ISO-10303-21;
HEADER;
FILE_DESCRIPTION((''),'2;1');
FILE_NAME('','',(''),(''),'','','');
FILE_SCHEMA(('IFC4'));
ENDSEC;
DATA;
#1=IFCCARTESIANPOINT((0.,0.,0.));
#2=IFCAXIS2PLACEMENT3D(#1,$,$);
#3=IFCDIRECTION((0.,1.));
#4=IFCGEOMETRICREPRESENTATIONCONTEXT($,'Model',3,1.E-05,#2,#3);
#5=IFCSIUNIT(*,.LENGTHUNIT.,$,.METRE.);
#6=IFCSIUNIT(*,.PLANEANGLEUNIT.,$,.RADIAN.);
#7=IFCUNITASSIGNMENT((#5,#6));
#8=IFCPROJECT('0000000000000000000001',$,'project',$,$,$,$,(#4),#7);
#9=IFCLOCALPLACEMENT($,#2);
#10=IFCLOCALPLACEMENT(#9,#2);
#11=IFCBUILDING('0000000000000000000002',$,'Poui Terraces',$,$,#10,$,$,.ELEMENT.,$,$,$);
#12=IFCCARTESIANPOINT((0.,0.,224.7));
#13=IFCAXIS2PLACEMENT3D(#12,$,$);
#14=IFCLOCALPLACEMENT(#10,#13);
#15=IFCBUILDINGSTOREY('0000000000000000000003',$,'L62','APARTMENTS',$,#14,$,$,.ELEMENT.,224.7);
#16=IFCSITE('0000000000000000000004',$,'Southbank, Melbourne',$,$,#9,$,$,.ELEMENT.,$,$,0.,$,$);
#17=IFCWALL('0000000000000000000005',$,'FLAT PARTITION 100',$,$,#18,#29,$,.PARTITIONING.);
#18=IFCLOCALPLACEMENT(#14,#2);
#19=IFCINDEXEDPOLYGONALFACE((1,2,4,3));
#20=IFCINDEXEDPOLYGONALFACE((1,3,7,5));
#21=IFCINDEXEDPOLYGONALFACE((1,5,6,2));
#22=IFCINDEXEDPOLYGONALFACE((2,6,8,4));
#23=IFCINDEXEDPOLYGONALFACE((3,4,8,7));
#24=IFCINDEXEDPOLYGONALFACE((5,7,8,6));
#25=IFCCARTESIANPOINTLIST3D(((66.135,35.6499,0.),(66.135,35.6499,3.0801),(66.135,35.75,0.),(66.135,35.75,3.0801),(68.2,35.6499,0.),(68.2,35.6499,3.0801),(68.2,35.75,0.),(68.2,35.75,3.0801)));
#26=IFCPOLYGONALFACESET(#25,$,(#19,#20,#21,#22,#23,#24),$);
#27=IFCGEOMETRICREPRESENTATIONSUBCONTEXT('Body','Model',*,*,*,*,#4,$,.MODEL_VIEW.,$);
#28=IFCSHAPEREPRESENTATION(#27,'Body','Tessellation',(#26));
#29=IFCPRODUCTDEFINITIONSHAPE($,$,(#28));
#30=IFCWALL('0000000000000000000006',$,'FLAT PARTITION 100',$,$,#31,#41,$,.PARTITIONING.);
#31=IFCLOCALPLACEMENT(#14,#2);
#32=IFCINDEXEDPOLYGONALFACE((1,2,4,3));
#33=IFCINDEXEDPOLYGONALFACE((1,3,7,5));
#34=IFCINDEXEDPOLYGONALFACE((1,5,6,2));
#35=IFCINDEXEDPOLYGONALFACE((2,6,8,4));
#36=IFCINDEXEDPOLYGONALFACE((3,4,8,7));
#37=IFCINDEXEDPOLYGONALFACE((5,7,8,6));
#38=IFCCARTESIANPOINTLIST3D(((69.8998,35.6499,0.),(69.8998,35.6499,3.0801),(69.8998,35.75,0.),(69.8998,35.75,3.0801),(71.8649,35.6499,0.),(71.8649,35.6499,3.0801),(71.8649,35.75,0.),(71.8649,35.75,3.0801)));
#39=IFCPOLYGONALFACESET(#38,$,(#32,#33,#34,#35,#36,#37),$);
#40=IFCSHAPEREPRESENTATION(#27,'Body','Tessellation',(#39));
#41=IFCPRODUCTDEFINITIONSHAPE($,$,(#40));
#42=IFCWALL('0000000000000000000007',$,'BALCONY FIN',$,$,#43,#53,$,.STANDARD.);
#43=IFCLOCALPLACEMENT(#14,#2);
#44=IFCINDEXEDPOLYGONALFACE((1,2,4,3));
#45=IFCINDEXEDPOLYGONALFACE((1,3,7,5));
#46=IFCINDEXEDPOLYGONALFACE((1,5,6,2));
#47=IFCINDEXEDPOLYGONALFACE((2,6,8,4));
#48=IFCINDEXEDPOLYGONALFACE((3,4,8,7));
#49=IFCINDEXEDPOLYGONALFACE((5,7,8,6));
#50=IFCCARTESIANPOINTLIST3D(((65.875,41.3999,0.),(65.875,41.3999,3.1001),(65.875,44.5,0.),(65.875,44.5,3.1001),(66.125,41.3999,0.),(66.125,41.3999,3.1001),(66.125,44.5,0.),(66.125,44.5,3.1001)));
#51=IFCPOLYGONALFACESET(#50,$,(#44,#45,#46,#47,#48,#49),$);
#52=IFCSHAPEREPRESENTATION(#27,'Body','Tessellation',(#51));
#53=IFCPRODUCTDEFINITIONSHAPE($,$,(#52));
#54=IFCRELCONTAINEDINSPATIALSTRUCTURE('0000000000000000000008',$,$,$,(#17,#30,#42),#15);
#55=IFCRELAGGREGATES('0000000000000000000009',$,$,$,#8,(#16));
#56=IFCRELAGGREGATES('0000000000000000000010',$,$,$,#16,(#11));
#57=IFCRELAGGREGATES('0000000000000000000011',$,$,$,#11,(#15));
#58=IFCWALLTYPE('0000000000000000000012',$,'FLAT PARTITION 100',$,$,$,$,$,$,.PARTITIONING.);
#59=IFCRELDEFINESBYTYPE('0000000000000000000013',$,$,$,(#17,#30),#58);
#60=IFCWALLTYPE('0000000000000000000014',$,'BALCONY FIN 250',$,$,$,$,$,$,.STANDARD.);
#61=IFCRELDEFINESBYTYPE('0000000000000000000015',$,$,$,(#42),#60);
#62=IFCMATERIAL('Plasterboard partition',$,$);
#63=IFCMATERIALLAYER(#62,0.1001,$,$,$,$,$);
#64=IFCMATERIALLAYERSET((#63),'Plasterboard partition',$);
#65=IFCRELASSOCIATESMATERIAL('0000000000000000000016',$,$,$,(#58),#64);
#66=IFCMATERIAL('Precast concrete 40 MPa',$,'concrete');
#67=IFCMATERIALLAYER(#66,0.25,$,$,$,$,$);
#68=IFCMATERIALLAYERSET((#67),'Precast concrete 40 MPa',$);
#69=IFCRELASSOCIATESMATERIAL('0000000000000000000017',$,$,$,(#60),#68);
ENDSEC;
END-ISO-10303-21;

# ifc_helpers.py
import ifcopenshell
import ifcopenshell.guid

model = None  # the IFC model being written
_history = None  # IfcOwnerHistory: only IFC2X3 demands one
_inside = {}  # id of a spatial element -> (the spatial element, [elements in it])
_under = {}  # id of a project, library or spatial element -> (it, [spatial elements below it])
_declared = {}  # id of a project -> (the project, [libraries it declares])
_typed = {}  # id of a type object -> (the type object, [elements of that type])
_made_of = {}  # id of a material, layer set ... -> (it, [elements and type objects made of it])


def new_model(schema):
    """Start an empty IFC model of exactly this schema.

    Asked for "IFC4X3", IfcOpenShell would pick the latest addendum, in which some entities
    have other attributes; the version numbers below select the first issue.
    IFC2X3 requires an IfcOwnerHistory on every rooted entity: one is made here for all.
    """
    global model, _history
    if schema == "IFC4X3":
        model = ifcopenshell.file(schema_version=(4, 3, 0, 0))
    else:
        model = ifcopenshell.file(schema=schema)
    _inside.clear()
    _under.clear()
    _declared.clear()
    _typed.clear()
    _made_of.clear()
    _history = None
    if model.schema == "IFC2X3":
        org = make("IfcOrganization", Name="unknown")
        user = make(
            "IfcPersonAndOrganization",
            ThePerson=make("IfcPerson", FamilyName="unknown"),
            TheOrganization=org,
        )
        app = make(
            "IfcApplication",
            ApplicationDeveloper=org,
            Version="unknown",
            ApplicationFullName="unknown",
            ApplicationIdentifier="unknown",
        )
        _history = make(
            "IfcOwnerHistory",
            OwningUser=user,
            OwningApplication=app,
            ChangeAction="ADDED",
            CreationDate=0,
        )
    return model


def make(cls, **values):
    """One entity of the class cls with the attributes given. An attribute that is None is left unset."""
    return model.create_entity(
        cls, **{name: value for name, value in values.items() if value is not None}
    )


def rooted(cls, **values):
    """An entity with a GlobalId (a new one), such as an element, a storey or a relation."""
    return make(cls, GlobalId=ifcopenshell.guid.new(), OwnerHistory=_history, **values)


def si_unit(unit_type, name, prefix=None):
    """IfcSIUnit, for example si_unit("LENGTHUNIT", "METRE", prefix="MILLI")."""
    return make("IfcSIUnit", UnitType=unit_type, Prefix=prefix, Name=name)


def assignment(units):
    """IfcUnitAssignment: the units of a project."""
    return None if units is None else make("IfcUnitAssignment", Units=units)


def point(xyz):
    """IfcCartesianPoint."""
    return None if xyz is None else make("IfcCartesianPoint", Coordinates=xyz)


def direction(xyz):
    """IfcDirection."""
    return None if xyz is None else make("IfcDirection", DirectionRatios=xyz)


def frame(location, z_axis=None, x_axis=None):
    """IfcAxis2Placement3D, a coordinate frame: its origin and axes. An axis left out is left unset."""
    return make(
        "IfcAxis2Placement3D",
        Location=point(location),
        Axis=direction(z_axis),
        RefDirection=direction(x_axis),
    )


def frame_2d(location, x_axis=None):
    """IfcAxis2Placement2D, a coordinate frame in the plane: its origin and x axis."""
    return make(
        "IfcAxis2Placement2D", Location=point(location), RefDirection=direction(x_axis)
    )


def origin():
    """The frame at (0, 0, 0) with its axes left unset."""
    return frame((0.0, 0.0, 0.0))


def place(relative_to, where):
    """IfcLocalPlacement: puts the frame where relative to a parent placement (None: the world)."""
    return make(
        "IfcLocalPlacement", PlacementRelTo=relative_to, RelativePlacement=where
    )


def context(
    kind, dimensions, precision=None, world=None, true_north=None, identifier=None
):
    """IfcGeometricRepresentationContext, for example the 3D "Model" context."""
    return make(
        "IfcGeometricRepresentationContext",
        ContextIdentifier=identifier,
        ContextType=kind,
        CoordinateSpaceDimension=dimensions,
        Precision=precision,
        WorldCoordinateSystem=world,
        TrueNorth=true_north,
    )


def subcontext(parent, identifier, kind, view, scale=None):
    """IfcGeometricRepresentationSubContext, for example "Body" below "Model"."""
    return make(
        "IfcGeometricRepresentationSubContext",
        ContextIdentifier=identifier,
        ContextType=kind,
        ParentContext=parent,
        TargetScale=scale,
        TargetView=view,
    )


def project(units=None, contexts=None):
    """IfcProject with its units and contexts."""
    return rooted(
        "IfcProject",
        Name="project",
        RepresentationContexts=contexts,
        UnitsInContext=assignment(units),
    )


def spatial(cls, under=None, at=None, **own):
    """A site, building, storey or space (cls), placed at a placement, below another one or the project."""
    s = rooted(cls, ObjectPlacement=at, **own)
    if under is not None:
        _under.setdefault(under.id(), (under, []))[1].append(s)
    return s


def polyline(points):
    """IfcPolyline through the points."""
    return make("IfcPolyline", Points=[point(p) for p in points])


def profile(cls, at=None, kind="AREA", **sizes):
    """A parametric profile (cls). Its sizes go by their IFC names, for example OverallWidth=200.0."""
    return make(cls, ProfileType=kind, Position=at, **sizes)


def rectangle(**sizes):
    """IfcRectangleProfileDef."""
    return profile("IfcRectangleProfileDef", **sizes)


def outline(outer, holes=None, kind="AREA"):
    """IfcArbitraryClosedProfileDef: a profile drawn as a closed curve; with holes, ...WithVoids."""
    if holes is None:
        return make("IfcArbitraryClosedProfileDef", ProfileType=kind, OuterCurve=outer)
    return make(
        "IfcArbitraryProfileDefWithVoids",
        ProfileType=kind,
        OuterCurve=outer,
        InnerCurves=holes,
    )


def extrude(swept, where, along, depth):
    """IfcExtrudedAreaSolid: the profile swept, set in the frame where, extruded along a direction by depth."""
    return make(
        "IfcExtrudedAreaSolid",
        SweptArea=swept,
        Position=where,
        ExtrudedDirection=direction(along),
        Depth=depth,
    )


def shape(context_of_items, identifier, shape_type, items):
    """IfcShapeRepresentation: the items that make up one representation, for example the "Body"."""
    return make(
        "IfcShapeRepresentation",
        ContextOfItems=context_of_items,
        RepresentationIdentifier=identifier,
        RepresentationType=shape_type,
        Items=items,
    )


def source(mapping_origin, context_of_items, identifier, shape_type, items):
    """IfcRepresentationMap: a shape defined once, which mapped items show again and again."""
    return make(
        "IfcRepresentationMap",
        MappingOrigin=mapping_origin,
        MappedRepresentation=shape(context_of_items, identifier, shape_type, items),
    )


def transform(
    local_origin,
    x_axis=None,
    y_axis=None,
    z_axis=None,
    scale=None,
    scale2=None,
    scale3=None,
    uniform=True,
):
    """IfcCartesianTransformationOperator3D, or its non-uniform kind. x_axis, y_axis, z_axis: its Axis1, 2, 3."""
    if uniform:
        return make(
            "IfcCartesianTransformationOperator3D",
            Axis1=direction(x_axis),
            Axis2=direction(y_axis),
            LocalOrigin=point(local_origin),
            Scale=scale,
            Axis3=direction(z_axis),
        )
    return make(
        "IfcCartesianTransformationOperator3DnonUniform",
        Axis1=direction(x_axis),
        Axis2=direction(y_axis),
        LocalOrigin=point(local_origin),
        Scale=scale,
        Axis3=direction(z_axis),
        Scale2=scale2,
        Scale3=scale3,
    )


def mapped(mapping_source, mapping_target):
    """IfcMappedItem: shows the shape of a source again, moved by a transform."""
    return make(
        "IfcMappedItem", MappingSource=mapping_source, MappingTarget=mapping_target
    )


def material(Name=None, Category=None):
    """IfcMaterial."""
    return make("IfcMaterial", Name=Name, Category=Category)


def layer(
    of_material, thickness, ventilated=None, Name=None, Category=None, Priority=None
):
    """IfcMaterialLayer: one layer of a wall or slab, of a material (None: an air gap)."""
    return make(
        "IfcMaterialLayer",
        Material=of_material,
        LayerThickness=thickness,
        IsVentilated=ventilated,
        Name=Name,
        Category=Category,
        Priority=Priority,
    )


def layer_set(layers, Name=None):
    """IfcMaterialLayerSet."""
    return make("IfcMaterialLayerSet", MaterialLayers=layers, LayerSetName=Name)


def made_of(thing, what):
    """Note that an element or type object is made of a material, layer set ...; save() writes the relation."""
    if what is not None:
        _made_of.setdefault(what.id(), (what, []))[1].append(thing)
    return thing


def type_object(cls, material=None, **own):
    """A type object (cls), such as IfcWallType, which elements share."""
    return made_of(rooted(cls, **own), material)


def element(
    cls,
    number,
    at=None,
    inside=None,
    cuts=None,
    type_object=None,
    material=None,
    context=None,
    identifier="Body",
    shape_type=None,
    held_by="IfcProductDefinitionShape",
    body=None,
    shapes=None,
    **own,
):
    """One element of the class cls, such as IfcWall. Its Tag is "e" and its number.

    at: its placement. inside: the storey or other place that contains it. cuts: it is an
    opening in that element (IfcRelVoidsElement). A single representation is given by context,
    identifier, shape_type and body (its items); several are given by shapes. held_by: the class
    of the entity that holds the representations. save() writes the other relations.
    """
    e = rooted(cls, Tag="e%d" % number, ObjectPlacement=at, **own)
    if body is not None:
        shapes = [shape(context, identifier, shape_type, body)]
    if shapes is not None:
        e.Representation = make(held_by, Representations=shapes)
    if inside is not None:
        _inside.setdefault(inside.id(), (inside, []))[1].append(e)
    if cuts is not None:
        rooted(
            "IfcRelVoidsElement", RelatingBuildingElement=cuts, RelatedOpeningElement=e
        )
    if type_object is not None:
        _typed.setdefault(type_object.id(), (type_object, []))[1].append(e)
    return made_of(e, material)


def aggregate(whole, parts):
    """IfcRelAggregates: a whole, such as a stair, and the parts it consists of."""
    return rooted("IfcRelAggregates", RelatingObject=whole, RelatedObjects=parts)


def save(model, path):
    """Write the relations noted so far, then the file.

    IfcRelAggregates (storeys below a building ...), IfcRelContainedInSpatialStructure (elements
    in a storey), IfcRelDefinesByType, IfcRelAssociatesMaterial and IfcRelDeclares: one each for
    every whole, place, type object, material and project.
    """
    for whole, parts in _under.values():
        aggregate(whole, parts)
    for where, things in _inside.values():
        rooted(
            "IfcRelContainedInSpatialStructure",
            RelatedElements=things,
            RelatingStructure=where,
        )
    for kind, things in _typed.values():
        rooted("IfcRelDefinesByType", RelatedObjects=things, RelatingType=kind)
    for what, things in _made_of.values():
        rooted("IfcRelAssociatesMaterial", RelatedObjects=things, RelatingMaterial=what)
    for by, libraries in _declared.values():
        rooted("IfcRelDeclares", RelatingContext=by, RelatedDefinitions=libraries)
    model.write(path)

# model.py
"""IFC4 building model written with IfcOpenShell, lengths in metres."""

from ifc_helpers import new_model, si_unit, direction, frame, frame_2d, origin, place, context, subcontext, project, spatial, polyline, rectangle, outline, extrude, source, transform, mapped, material, layer, layer_set, type_object, element, save


model = new_model("IFC4")

# Units and contexts
model_context = context("Model", 3, precision=1e-05, world=origin(), true_north=direction((0.0, 1.0)))
body_context = subcontext(model_context, "Body", "Model", "MODEL_VIEW")
ifc_project = project(units=[si_unit("LENGTHUNIT", "METRE"), si_unit("PLANEANGLEUNIT", "RADIAN")], contexts=[model_context])

# Site, building, storey
site_placement = place(None, origin())
site = spatial("IfcSite", under=ifc_project, at=site_placement, Name="Southbank, Melbourne", CompositionType="ELEMENT", RefElevation=0.0)
building_placement = place(site_placement, origin())
building = spatial("IfcBuilding", under=site, at=building_placement, Name="Poui Terraces", CompositionType="ELEMENT")
storey_placement = place(building_placement, frame((0.0, 0.0, 224.7)))
storey = spatial("IfcBuildingStorey", under=building, at=storey_placement, Name="L62", Description="APARTMENTS", CompositionType="ELEMENT", Elevation=224.7)

# Walls
ifc_material_1 = material(Name="Plasterboard partition")
ifc_layer_1 = layer(ifc_material_1, 0.1001)
ifc_layer_set_1 = layer_set([ifc_layer_1], Name="Plasterboard partition")
wall_type_1 = type_object("IfcWallType", Name="FLAT PARTITION 100", PredefinedType="PARTITIONING", material=ifc_layer_set_1)
wall_1_placement = place(storey_placement, frame((66.135, 35.7, 0.0), z_axis=(0.0, 0.0, 1.0), x_axis=(1.0, 0.0, 0.0)))
element("IfcWall", 1, at=wall_1_placement, inside=storey, type_object=wall_type_1, Name="FLAT PARTITION 100", PredefinedType="PARTITIONING", context=body_context, shape_type="SweptSolid", body=[
    extrude(rectangle(XDim=2.0649, YDim=0.1001, at=frame_2d((1.0325, 0.0))), origin(), (0.0, 0.0, 1.0), 3.0801),
])
wall_2_placement = place(storey_placement, frame((69.8999, 35.7, 0.0), z_axis=(0.0, 0.0, 1.0), x_axis=(1.0, 0.0, 0.0)))
element("IfcWall", 2, at=wall_2_placement, inside=storey, type_object=wall_type_1, Name="FLAT PARTITION 100", PredefinedType="PARTITIONING", context=body_context, shape_type="SweptSolid", body=[
    extrude(rectangle(XDim=1.9651, YDim=0.1001, at=frame_2d((0.9824, 0.0))), origin(), (0.0, 0.0, 1.0), 3.0801),
])
ifc_material_2 = material(Name="Precast concrete 40 MPa", Category="concrete")
ifc_layer_2 = layer(ifc_material_2, 0.25)
ifc_layer_set_2 = layer_set([ifc_layer_2], Name="Precast concrete 40 MPa")
wall_type_2 = type_object("IfcWallType", Name="BALCONY FIN 250", PredefinedType="STANDARD", material=ifc_layer_set_2)
shared_shape_1 = source(origin(), body_context, "Body", "SweptSolid", [
    extrude(outline(polyline([(0.0, 0.0), (0.25, 0.0), (0.25, 3.1001), (0.0, 3.1001), (0.0, 0.0)])), origin(), (0.0, 0.0, 1.0), 3.1001),
])
wall_3_placement = place(storey_placement, frame((65.875, 41.3999, 0.0)))
element("IfcWall", 3, at=wall_3_placement, inside=storey, type_object=wall_type_2, Name="BALCONY FIN", PredefinedType="STANDARD", context=body_context, shape_type="MappedRepresentation", body=[
    mapped(shared_shape_1, transform((0.0, 0.0, 0.0))),
])

save(model, "model.ifc")
